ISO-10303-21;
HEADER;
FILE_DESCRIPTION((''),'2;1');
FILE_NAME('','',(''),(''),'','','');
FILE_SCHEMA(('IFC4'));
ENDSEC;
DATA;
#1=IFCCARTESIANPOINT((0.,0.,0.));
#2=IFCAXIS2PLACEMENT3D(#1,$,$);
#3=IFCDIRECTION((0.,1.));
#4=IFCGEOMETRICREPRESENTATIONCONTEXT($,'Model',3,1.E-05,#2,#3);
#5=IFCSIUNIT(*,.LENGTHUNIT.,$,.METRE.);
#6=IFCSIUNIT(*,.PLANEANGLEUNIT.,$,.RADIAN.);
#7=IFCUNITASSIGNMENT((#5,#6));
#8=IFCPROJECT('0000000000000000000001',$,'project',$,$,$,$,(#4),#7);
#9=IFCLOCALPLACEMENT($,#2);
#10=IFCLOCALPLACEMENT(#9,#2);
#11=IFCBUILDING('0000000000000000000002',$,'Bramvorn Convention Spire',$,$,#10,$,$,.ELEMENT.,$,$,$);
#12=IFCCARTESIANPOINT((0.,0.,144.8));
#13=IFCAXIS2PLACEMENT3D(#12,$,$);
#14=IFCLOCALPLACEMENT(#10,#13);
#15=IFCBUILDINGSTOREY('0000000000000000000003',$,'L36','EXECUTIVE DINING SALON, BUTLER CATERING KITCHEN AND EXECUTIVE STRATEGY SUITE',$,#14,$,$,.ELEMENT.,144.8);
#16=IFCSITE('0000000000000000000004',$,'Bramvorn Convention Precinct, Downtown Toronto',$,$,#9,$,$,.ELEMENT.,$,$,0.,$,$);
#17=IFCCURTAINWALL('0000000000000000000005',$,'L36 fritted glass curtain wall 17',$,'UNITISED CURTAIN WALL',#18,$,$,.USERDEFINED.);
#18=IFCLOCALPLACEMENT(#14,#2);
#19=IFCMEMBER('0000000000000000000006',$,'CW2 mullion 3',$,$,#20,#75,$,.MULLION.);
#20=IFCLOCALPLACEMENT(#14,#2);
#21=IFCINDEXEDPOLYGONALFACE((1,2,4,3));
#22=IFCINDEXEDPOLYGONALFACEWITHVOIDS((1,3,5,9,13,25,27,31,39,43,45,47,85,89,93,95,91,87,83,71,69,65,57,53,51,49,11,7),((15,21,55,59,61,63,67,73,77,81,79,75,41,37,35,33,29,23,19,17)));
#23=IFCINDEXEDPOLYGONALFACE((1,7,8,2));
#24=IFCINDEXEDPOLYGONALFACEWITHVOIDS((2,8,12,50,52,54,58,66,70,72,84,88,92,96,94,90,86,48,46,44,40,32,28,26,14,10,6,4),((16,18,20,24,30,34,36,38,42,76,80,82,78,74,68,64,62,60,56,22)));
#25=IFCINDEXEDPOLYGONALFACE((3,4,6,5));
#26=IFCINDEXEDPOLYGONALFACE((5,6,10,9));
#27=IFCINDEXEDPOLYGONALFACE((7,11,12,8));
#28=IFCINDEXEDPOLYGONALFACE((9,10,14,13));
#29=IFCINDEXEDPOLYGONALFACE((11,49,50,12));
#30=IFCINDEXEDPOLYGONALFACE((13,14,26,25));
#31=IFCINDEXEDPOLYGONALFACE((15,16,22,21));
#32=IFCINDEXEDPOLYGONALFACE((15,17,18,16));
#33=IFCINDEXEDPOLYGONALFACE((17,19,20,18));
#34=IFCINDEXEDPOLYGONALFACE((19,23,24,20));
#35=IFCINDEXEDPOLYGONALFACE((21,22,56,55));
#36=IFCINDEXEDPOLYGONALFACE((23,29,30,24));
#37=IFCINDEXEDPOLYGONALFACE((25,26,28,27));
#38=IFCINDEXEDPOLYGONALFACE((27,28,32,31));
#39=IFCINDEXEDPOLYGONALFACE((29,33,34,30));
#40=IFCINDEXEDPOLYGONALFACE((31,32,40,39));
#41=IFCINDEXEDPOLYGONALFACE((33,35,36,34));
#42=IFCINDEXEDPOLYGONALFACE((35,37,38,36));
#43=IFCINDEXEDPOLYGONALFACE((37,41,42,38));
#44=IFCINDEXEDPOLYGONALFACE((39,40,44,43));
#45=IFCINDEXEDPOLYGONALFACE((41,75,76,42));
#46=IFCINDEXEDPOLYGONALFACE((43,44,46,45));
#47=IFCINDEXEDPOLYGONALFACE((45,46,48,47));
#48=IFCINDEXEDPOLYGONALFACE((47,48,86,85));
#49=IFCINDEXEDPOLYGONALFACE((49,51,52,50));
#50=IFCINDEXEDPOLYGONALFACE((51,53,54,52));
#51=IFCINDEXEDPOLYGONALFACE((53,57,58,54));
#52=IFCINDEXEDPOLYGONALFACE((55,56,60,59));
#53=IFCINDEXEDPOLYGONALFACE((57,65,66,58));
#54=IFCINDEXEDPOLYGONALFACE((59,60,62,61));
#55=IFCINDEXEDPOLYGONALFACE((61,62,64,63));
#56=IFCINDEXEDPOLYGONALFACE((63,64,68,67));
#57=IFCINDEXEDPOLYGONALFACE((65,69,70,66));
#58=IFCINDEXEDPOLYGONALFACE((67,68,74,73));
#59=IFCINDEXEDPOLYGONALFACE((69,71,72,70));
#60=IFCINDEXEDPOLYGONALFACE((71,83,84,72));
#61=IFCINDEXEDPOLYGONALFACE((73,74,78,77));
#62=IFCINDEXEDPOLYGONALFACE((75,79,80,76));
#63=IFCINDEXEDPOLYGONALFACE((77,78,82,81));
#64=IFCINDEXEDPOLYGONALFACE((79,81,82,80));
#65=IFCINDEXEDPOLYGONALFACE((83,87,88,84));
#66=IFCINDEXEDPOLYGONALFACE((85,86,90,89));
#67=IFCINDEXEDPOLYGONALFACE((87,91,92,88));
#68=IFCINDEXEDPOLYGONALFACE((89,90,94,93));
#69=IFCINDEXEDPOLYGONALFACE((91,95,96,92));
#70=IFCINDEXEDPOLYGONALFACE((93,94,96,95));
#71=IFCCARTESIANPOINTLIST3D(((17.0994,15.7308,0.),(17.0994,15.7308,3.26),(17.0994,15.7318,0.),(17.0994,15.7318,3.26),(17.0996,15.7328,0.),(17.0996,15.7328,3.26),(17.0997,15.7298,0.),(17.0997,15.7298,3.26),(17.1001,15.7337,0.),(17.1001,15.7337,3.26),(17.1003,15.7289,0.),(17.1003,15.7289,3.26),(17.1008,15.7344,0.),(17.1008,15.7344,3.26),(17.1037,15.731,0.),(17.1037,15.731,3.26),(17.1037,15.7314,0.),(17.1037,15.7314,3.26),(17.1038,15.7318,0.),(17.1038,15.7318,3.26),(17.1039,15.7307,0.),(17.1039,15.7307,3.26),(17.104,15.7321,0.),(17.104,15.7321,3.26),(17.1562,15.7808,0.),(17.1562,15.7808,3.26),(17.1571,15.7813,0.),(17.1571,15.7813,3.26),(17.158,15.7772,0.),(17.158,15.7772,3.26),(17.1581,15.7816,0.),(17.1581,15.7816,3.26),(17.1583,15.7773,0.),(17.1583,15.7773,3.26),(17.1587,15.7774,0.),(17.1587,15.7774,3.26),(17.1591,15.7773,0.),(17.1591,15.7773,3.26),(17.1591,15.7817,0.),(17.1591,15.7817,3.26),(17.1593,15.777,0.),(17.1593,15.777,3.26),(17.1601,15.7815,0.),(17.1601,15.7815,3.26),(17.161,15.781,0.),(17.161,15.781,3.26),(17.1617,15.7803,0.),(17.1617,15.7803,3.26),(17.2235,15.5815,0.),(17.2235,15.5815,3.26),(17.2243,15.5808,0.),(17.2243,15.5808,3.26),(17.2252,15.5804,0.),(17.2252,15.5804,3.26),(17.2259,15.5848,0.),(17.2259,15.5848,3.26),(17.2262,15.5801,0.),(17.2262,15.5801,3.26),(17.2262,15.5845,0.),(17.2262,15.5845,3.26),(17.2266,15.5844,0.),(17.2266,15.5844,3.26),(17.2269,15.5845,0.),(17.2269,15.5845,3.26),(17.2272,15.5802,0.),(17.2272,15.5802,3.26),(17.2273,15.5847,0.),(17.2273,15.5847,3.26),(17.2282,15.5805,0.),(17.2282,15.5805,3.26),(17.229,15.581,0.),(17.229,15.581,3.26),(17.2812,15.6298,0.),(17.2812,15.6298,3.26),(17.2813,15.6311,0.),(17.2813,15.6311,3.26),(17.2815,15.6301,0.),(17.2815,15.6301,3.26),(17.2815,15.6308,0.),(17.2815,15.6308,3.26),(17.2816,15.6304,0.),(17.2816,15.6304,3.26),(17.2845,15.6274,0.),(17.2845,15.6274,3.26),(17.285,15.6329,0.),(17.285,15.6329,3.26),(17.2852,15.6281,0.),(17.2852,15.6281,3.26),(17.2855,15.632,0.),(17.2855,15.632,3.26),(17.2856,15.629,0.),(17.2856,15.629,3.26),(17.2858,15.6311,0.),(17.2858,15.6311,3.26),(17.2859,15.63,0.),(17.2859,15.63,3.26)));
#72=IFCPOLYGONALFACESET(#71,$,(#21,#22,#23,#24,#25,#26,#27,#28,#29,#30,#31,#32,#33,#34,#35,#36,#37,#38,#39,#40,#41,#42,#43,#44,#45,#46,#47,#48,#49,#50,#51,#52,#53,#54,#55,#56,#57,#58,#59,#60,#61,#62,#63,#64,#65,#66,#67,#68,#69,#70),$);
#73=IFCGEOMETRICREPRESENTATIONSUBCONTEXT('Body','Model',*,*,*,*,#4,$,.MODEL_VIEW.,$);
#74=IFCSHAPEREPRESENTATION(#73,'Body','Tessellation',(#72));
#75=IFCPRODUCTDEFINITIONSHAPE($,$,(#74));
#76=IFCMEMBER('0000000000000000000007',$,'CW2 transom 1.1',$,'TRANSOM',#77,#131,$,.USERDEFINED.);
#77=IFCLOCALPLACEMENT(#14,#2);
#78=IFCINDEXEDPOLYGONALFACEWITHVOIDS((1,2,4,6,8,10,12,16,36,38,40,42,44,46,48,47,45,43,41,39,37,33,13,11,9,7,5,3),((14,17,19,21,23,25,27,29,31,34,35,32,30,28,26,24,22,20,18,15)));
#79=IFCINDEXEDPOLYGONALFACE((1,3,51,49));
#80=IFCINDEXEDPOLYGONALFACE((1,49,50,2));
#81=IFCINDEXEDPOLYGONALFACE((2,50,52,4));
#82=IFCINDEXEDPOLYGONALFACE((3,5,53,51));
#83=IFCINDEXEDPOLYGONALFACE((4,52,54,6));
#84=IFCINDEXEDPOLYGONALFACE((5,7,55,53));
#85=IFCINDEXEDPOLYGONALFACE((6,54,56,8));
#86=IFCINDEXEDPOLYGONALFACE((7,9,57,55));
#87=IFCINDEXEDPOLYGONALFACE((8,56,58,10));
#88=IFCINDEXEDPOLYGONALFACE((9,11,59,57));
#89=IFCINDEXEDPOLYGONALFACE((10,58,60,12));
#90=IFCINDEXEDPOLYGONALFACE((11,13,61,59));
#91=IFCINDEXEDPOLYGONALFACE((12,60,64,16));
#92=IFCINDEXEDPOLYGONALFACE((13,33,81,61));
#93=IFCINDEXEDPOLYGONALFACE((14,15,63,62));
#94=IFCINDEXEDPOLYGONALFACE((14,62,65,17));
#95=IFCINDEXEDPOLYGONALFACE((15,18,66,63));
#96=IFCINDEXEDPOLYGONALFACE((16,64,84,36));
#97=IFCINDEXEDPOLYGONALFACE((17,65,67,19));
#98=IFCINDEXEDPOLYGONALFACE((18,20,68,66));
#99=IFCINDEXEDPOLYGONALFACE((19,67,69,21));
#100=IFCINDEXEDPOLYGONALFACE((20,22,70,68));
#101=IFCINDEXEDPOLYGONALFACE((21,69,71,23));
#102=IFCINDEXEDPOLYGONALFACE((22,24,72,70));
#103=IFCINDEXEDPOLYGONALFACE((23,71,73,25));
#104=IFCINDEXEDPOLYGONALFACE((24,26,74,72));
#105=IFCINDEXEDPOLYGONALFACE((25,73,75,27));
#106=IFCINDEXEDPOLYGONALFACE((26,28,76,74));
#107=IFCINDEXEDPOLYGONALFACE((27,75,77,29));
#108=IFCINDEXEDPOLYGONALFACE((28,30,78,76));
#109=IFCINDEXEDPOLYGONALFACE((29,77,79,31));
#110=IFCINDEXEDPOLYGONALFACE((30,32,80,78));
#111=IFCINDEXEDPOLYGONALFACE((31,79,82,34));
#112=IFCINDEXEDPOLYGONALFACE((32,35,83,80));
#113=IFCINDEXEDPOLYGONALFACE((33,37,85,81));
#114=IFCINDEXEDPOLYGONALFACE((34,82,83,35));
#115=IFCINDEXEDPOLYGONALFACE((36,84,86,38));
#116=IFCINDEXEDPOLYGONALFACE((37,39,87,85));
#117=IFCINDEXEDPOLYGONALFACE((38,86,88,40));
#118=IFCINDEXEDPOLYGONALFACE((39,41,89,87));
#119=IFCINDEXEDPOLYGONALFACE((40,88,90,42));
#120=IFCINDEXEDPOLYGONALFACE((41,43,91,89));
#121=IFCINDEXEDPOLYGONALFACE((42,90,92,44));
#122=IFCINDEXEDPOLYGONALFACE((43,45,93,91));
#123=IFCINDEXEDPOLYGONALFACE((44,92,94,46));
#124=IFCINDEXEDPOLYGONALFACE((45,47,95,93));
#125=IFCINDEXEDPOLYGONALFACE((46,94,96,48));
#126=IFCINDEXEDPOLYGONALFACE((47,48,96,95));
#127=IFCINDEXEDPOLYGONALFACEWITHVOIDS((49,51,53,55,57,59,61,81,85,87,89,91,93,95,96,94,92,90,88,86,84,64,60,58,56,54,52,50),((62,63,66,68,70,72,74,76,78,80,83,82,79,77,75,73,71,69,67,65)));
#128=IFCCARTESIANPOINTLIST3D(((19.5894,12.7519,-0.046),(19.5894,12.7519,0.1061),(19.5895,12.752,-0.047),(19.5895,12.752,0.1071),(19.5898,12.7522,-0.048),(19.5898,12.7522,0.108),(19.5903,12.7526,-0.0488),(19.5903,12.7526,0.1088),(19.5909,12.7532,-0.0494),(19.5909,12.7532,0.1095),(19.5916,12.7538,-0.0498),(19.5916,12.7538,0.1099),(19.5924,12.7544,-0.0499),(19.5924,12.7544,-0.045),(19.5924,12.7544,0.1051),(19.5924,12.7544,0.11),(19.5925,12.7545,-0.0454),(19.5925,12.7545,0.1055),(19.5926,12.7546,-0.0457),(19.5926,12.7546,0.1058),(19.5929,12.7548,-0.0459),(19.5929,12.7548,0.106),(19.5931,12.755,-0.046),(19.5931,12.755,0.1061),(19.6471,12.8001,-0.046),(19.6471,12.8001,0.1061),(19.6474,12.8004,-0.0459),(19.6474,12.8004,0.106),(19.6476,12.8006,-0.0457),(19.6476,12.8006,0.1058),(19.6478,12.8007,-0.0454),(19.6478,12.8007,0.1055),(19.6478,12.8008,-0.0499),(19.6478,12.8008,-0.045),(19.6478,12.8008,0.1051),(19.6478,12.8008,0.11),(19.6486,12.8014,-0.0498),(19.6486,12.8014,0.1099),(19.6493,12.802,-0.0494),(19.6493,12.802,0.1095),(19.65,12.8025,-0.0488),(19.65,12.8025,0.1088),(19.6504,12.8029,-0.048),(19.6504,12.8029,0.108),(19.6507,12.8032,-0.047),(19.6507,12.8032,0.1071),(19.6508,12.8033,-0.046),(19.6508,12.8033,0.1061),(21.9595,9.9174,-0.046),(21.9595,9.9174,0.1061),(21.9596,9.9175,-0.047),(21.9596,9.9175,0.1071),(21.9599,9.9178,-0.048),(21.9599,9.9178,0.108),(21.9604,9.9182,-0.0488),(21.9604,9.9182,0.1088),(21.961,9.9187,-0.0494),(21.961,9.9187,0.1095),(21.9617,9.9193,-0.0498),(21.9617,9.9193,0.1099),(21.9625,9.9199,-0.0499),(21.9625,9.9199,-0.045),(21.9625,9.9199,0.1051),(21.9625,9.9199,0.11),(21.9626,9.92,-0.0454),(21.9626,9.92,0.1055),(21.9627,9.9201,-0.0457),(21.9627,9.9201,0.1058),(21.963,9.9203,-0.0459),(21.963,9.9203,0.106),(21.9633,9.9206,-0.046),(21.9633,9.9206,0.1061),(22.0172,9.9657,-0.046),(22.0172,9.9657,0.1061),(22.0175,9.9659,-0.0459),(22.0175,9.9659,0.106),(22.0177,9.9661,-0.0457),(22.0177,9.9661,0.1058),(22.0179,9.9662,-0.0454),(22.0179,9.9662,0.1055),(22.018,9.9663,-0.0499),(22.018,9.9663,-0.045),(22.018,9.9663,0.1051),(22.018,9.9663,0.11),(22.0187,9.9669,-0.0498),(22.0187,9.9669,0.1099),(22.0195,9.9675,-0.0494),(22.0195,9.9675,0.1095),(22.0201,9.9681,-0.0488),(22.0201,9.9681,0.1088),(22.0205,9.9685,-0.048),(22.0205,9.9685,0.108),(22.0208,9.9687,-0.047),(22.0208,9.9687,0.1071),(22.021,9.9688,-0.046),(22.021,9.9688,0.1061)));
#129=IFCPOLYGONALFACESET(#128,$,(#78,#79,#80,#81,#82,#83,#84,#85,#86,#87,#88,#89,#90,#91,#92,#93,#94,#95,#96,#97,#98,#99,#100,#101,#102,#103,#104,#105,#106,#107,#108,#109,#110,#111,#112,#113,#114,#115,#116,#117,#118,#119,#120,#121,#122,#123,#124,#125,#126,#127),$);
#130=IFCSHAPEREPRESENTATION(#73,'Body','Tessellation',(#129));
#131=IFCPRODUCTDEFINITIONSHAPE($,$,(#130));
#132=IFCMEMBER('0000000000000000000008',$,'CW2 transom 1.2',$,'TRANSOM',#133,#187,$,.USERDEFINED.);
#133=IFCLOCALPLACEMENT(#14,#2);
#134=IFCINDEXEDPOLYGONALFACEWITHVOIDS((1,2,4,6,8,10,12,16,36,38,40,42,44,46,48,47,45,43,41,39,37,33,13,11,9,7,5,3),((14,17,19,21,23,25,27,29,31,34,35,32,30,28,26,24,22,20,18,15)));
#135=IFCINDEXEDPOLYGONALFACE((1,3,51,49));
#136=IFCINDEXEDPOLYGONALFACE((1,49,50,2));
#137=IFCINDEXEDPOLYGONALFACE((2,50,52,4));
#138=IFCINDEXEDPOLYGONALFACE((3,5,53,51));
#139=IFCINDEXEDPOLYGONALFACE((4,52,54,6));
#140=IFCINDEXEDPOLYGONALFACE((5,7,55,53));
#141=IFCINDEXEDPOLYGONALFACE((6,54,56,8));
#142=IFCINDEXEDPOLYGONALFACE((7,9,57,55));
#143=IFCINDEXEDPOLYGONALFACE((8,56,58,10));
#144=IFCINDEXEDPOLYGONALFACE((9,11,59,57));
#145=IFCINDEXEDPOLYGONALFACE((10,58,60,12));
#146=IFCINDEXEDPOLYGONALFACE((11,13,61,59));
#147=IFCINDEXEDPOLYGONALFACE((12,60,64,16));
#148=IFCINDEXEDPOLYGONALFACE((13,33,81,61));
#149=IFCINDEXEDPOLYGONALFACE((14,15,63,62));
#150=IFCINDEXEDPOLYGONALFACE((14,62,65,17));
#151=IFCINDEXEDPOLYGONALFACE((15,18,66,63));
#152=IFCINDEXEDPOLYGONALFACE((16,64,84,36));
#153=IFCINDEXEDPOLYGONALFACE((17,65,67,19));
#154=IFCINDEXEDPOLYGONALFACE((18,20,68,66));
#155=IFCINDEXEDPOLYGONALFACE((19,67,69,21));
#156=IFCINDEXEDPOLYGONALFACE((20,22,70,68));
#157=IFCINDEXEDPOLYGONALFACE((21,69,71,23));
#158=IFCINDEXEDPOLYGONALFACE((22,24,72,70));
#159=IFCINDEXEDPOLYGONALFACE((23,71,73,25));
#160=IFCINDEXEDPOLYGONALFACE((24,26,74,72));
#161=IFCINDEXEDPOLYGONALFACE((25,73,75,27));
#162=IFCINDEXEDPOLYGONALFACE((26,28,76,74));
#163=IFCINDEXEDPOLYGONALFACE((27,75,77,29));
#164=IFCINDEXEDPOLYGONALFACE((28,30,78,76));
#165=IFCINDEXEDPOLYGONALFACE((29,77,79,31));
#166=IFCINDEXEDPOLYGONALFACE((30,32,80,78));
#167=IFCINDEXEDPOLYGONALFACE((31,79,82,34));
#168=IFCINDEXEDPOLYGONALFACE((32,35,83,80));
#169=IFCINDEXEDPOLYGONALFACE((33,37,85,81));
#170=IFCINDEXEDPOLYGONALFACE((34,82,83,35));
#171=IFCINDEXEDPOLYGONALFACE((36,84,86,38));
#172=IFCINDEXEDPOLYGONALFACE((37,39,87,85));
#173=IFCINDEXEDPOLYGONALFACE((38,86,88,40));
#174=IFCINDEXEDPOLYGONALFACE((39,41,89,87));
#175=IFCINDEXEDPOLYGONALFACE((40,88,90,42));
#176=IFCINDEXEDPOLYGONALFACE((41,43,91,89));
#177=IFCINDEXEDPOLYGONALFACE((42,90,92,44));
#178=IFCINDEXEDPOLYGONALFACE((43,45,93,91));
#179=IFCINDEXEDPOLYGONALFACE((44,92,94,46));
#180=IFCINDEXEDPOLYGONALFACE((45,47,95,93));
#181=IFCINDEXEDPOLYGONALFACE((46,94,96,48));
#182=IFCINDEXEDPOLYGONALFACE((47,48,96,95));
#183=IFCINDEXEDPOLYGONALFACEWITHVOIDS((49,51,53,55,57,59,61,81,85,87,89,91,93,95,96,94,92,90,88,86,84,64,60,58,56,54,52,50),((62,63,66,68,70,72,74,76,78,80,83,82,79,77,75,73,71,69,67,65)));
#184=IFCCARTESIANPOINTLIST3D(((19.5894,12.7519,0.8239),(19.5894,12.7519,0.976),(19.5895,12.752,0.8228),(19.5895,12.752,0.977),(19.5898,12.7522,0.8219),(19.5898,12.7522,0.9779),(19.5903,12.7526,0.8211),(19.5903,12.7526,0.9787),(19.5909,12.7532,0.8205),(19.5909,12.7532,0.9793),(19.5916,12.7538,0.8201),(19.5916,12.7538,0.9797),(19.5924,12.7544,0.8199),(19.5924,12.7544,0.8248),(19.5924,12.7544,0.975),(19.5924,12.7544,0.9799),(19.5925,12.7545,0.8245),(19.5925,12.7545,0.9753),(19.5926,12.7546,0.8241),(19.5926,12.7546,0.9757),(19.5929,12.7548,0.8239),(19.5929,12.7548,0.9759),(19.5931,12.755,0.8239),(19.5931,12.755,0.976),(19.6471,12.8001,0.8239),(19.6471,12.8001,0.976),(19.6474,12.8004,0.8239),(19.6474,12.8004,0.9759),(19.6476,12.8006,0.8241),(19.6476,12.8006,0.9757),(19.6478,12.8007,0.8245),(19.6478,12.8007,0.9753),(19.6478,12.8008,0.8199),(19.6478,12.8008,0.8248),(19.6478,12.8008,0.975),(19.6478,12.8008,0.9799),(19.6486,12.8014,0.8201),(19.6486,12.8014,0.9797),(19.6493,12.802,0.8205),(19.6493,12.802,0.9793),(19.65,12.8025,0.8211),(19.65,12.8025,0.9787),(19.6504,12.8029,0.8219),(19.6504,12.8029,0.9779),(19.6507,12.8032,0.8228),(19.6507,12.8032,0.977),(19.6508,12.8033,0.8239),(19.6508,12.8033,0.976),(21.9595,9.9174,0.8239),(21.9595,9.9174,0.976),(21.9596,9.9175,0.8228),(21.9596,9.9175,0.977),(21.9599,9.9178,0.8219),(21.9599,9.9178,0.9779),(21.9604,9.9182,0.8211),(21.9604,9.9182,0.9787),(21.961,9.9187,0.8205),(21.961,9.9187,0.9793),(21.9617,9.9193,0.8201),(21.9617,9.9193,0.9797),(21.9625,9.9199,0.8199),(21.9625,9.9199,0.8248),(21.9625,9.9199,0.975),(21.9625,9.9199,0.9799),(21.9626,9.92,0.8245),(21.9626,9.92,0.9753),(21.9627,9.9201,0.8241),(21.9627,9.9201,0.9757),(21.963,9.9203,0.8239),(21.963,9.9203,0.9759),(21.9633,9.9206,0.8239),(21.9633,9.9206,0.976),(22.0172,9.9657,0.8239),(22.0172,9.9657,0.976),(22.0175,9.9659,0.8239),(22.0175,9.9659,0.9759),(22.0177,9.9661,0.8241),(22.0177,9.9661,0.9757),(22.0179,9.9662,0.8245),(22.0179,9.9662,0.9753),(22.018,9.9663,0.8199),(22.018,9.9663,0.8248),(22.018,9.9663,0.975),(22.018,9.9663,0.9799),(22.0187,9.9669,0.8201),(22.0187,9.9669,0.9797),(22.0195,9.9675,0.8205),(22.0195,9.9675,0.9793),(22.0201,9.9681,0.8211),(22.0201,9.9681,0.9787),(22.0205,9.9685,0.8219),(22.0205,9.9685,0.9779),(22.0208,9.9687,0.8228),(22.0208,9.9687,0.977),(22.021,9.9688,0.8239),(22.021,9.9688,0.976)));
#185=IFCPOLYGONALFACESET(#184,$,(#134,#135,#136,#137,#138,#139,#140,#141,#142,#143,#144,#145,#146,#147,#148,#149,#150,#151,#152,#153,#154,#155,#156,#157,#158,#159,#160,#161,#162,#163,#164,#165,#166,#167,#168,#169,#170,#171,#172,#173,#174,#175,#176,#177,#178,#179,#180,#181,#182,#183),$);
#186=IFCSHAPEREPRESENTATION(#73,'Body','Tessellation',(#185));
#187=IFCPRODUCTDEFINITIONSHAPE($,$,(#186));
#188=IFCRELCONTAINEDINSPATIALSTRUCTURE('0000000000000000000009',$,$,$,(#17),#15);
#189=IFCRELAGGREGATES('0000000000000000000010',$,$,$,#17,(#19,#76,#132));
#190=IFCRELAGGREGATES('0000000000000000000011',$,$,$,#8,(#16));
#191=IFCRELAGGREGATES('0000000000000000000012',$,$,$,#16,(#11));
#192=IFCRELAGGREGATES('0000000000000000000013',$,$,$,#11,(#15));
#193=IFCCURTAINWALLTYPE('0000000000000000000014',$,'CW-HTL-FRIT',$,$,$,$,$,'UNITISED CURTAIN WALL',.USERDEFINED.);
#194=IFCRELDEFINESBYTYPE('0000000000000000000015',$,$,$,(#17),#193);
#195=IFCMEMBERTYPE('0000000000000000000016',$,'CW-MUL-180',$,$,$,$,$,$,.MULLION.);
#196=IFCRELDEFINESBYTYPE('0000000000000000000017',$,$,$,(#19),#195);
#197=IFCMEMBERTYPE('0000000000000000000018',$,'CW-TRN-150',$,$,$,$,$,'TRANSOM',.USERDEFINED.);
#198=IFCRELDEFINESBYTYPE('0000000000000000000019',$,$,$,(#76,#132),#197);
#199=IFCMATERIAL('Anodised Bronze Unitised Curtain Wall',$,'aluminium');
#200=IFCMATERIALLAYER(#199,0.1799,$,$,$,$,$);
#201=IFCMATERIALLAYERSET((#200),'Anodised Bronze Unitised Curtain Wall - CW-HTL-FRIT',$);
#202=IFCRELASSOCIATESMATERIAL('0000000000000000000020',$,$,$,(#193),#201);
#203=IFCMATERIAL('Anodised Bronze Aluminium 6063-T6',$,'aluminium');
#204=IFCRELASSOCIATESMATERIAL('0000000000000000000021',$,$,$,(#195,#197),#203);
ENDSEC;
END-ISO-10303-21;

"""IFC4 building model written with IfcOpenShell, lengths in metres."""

from ifc_helpers import new_model, si_unit, direction, frame, origin, origin_2d, place, context, subcontext, project, spatial, hollow_rectangle, extrude, material, layer, layer_set, material_profile, profile_set, type_object, element, aggregate, save


model = new_model("IFC4")

# Units and contexts
model_context = context("Model", 3, precision=1e-05, world=origin(), true_north=direction((0.0, 1.0)))
body_context = subcontext(model_context, "Body", "Model", "MODEL_VIEW")
ifc_project = project(units=[si_unit("LENGTHUNIT", "METRE"), si_unit("PLANEANGLEUNIT", "RADIAN")], contexts=[model_context])

# Site, building, storey
site_placement = place(None, origin())
site = spatial("IfcSite", under=ifc_project, at=site_placement, Name="Bramvorn Convention Precinct, Downtown Toronto", CompositionType="ELEMENT", RefElevation=0.0)
building_placement = place(site_placement, origin())
building = spatial("IfcBuilding", under=site, at=building_placement, Name="Bramvorn Convention Spire", CompositionType="ELEMENT")
storey_placement = place(building_placement, frame((0.0, 0.0, 144.8)))
storey = spatial("IfcBuildingStorey", under=building, at=storey_placement, Name="L36", Description="EXECUTIVE DINING SALON, BUTLER CATERING KITCHEN AND EXECUTIVE STRATEGY SUITE", CompositionType="ELEMENT", Elevation=144.8)

# Curtain wall, members
ifc_material_1 = material(Name="Anodised Bronze Unitised Curtain Wall", Category="aluminium")
ifc_layer_1 = layer(ifc_material_1, 0.1799)
ifc_layer_set_1 = layer_set([ifc_layer_1], Name="Anodised Bronze Unitised Curtain Wall - CW-HTL-FRIT")
curtain_wall_type = type_object("IfcCurtainWallType", Name="CW-HTL-FRIT", ElementType="UNITISED CURTAIN WALL", PredefinedType="USERDEFINED", material=ifc_layer_set_1)
curtain_wall_placement = place(storey_placement, origin())
curtain_wall = element("IfcCurtainWall", 1, at=curtain_wall_placement, inside=storey, type_object=curtain_wall_type, Name="L36 fritted glass curtain wall 17", ObjectType="UNITISED CURTAIN WALL", PredefinedType="USERDEFINED")
ifc_material_2 = material(Name="Anodised Bronze Aluminium 6063-T6", Category="aluminium")
ifc_material_profile_1 = material_profile(ifc_material_2, hollow_rectangle(XDim=0.0801, YDim=0.2, WallThickness=0.0039, InnerFilletRadius=0.001, OuterFilletRadius=0.0039, at=origin_2d()))
ifc_profile_set_1 = profile_set([ifc_material_profile_1], Name="Anodised Bronze Aluminium 6063-T6 - CWM80X200")
member_type_1 = type_object("IfcMemberType", Name="CW-MUL-180", PredefinedType="MULLION", material=ifc_profile_set_1)
member_1_placement = place(storey_placement, frame((17.1926, 15.6809, 0.0), z_axis=(0.0, 0.0, 1.0), x_axis=(-0.767161, -0.641454, 0.0)))
member_1 = element("IfcMember", 2, at=member_1_placement, type_object=member_type_1, Name="CW2 mullion 3", PredefinedType="MULLION", context=body_context, shape_type="SweptSolid", body=[
    extrude(hollow_rectangle(XDim=0.0801, YDim=0.2, WallThickness=0.0039, InnerFilletRadius=0.001, OuterFilletRadius=0.0039, at=origin_2d()), origin(), (0.0, 0.0, 1.0), 3.26),
])
ifc_material_profile_2 = material_profile(ifc_material_2, hollow_rectangle(XDim=0.0801, YDim=0.1599, WallThickness=0.0039, InnerFilletRadius=0.001, OuterFilletRadius=0.0039, at=origin_2d()))
ifc_profile_set_2 = profile_set([ifc_material_profile_2], Name="Anodised Bronze Aluminium 6063-T6 - CWT80X160")
member_type_2 = type_object("IfcMemberType", Name="CW-TRN-150", ElementType="TRANSOM", PredefinedType="USERDEFINED", material=ifc_profile_set_2)
member_2_placement = place(storey_placement, frame((21.9902, 9.9431, 0.03), z_axis=(-0.64147, 0.767148, 0.0), x_axis=(-0.767148, -0.64147, 0.0)))
member_2 = element("IfcMember", 3, at=member_2_placement, type_object=member_type_2, Name="CW2 transom 1.1", ObjectType="TRANSOM", PredefinedType="USERDEFINED", context=body_context, shape_type="SweptSolid", body=[
    extrude(hollow_rectangle(XDim=0.0801, YDim=0.1599, WallThickness=0.0039, InnerFilletRadius=0.001, OuterFilletRadius=0.0039, at=origin_2d()), origin(), (0.0, 0.0, 1.0), 3.6948),
])
member_3_placement = place(storey_placement, frame((21.9902, 9.9431, 0.8999), z_axis=(-0.64147, 0.767148, 0.0), x_axis=(-0.767148, -0.64147, 0.0)))
member_3 = element("IfcMember", 4, at=member_3_placement, type_object=member_type_2, Name="CW2 transom 1.2", ObjectType="TRANSOM", PredefinedType="USERDEFINED", context=body_context, shape_type="SweptSolid", body=[
    extrude(hollow_rectangle(XDim=0.0801, YDim=0.1599, WallThickness=0.0039, InnerFilletRadius=0.001, OuterFilletRadius=0.0039, at=origin_2d()), origin(), (0.0, 0.0, 1.0), 3.6948),
])
aggregate(curtain_wall, [member_1, member_2, member_3])

save(model, "model.ifc")
